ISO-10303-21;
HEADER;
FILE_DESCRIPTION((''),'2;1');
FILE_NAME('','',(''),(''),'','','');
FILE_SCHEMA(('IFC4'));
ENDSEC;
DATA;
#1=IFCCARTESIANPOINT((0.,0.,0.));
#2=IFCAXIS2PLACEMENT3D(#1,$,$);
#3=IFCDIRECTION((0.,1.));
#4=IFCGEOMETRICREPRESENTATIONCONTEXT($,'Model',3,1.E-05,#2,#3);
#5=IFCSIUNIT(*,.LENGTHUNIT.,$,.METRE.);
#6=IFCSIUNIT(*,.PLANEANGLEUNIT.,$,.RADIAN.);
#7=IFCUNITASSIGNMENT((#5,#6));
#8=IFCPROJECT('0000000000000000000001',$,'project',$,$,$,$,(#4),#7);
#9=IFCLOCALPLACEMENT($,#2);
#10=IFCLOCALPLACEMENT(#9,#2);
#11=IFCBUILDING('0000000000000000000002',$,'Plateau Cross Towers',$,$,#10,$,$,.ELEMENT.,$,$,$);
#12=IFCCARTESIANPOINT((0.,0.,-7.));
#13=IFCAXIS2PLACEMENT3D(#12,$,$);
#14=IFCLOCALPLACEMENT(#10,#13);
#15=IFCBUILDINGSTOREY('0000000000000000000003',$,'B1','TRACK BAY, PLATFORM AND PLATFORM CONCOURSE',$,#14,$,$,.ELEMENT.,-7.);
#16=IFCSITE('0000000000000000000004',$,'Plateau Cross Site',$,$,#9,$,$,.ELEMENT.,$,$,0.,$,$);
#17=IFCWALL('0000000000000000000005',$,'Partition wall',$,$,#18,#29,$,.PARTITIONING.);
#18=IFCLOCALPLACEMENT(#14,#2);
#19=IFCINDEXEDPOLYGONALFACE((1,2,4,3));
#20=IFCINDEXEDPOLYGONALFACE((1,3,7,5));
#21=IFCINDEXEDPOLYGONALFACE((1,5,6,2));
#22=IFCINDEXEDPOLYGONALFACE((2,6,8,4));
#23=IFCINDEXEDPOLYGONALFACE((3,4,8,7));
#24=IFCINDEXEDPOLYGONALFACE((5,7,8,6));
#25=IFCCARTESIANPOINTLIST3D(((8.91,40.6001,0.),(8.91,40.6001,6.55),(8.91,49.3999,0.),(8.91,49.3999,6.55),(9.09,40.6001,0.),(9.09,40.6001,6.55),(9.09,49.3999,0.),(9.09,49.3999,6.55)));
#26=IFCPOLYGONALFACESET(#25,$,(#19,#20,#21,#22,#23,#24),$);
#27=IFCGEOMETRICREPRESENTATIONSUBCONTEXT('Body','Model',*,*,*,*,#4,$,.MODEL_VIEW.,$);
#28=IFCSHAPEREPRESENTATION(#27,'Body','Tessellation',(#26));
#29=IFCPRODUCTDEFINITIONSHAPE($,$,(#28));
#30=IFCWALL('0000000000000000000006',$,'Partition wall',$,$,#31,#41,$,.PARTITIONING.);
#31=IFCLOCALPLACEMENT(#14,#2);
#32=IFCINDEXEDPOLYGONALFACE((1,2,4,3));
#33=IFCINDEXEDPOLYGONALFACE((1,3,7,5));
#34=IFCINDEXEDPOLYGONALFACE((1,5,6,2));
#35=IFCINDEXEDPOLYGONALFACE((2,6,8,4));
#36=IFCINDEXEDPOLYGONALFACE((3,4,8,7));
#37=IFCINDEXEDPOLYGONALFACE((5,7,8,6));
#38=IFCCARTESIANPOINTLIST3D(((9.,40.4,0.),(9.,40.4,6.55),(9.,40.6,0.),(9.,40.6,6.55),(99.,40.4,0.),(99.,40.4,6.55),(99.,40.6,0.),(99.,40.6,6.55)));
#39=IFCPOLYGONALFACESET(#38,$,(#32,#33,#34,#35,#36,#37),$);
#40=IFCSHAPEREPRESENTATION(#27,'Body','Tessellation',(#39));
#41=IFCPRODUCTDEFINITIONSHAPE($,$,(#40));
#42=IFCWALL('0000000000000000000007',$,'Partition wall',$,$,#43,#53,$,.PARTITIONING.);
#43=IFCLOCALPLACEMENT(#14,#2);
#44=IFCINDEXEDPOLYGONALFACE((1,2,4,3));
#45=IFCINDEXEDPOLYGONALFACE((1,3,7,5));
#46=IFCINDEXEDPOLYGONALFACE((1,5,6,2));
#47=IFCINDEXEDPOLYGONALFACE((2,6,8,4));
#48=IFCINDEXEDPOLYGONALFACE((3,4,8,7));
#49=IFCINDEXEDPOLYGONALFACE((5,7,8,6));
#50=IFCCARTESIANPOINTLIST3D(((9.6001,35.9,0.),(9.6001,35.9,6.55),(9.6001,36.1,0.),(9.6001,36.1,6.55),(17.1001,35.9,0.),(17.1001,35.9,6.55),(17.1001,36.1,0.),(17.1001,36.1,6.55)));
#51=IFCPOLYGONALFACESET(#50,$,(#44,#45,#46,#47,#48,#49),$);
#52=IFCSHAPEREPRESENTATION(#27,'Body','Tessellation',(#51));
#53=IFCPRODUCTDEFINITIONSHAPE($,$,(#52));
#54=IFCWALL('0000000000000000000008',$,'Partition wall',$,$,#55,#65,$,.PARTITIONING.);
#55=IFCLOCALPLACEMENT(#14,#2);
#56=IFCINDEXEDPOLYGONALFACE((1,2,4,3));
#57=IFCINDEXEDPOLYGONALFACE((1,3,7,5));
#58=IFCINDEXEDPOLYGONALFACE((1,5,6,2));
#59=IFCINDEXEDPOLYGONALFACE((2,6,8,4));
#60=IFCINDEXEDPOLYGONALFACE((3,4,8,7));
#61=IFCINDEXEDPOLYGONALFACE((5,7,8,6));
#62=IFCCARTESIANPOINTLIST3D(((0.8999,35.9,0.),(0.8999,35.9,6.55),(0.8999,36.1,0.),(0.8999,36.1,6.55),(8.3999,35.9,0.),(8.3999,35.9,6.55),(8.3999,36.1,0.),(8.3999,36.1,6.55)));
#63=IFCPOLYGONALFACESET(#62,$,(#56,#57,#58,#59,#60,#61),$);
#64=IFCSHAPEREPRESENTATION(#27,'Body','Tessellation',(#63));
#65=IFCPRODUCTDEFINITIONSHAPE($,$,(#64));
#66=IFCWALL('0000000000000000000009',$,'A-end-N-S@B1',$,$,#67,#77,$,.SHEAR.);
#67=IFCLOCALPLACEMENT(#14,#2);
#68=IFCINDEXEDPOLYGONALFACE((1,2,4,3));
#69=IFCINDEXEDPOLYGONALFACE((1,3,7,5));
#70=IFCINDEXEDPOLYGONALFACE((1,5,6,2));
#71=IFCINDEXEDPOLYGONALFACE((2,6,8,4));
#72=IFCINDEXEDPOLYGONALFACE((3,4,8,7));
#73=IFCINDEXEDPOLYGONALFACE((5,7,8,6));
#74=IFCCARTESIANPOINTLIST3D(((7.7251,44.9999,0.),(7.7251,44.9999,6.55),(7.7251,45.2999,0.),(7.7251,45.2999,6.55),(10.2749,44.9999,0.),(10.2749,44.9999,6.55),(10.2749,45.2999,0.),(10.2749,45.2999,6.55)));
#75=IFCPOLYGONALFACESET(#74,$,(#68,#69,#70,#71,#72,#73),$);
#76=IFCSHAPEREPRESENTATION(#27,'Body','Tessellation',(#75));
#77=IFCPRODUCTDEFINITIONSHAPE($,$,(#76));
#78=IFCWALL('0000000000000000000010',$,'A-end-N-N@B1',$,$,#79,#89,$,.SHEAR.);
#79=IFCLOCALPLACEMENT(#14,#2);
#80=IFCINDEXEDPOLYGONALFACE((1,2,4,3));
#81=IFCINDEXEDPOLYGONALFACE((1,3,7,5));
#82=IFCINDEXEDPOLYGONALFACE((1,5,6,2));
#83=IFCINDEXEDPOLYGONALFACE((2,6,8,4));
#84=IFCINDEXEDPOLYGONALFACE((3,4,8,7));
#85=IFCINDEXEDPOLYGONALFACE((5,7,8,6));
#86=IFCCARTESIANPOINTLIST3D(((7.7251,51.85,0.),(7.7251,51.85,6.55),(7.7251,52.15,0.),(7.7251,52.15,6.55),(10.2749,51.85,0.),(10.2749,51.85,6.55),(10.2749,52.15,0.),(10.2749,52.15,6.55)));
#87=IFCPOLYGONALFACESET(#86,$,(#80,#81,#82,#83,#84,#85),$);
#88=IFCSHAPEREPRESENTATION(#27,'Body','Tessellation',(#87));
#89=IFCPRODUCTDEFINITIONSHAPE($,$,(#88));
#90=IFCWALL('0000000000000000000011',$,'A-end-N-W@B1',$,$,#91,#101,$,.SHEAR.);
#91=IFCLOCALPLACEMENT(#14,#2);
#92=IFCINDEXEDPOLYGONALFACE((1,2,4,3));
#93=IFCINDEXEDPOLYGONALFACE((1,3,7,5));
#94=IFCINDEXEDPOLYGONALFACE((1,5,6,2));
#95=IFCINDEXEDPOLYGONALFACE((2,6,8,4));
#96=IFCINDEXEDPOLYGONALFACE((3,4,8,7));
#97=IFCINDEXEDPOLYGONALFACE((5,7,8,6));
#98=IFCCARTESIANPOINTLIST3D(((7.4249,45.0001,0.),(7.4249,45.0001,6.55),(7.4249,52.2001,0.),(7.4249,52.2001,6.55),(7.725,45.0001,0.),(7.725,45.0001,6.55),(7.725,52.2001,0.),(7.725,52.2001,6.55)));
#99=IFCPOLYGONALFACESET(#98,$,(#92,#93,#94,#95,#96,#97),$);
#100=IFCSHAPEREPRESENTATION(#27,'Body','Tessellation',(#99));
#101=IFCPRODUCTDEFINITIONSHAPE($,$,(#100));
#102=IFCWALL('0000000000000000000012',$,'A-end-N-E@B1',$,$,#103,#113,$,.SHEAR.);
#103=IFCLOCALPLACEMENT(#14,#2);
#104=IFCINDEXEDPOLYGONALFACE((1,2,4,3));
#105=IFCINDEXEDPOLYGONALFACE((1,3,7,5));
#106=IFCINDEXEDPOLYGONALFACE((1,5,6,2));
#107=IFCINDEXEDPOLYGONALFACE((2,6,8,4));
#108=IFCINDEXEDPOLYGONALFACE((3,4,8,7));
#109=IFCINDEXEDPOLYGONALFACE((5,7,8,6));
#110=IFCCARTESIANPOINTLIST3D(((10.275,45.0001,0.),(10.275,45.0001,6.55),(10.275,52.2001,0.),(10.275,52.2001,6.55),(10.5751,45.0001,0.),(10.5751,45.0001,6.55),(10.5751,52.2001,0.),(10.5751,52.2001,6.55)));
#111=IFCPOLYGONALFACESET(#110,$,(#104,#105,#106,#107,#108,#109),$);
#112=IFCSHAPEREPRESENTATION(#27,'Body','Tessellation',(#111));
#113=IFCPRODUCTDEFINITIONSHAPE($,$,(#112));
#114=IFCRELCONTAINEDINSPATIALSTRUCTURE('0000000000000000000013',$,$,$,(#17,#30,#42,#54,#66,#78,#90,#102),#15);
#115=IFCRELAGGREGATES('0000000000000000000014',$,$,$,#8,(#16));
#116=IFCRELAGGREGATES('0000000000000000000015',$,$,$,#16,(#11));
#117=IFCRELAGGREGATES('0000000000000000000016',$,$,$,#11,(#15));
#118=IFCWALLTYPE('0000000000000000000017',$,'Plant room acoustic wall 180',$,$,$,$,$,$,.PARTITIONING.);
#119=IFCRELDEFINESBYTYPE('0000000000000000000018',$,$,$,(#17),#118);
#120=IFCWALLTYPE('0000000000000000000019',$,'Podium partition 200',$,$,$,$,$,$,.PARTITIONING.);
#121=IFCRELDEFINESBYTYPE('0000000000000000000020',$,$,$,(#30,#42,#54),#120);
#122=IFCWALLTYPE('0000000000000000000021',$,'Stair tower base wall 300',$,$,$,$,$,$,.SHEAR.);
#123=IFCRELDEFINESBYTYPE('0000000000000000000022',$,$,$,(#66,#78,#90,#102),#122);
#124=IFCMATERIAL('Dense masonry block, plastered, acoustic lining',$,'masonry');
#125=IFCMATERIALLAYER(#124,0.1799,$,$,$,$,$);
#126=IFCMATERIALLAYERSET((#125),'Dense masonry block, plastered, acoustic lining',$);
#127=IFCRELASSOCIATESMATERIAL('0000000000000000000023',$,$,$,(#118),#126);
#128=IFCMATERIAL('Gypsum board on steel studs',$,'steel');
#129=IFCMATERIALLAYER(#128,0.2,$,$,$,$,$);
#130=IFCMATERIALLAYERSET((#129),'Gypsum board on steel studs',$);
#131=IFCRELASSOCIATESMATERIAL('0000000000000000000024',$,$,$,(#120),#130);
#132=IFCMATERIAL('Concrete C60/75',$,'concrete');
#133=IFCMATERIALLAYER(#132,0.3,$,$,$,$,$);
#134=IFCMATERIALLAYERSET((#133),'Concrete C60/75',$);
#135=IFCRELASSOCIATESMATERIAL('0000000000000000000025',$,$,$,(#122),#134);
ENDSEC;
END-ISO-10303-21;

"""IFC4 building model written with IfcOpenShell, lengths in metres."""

from ifc_helpers import new_model, si_unit, direction, frame, frame_2d, origin, place, context, subcontext, project, spatial, rectangle, extrude, material, layer, layer_set, type_object, element, save


model = new_model("IFC4")

# Units and contexts
model_context = context("Model", 3, precision=1e-05, world=origin(), true_north=direction((0.0, 1.0)))
body_context = subcontext(model_context, "Body", "Model", "MODEL_VIEW")
ifc_project = project(units=[si_unit("LENGTHUNIT", "METRE"), si_unit("PLANEANGLEUNIT", "RADIAN")], contexts=[model_context])

# Site, building, storey
site_placement = place(None, origin())
site = spatial("IfcSite", under=ifc_project, at=site_placement, Name="Plateau Cross Site", CompositionType="ELEMENT", RefElevation=0.0)
building_placement = place(site_placement, origin())
building = spatial("IfcBuilding", under=site, at=building_placement, Name="Plateau Cross Towers", CompositionType="ELEMENT")
storey_placement = place(building_placement, frame((0.0, 0.0, -7.0)))
storey = spatial("IfcBuildingStorey", under=building, at=storey_placement, Name="B1", Description="TRACK BAY, PLATFORM AND PLATFORM CONCOURSE", CompositionType="ELEMENT", Elevation=-7.0)

# Shared definitions
ifc_material_1 = material(Name="Concrete C60/75", Category="concrete")

# Shared definitions
ifc_material_2 = material(Name="Dense masonry block, plastered, acoustic lining", Category="masonry")
ifc_layer_1 = layer(ifc_material_2, 0.1799)
ifc_layer_set_1 = layer_set([ifc_layer_1], Name="Dense masonry block, plastered, acoustic lining")
wall_type_1 = type_object("IfcWallType", Name="Plant room acoustic wall 180", PredefinedType="PARTITIONING", material=ifc_layer_set_1)

# Walls
wall_1_placement = place(storey_placement, frame((9.0, 40.6001, 0.0), z_axis=(0.0, 0.0, 1.0), x_axis=(0.0, 1.0, 0.0)))
element("IfcWall", 1, at=wall_1_placement, inside=storey, type_object=wall_type_1, Name="Partition wall", PredefinedType="PARTITIONING", context=body_context, shape_type="SweptSolid", body=[
    extrude(rectangle(XDim=8.7998, YDim=0.1799, at=frame_2d((4.3999, 0.0))), origin(), (0.0, 0.0, 1.0), 6.55),
])
ifc_material_3 = material(Name="Gypsum board on steel studs", Category="steel")
ifc_layer_2 = layer(ifc_material_3, 0.2)
ifc_layer_set_2 = layer_set([ifc_layer_2], Name="Gypsum board on steel studs")
wall_type_2 = type_object("IfcWallType", Name="Podium partition 200", PredefinedType="PARTITIONING", material=ifc_layer_set_2)
wall_2_placement = place(storey_placement, frame((9.0, 40.5, 0.0), z_axis=(0.0, 0.0, 1.0), x_axis=(1.0, 0.0, 0.0)))
element("IfcWall", 2, at=wall_2_placement, inside=storey, type_object=wall_type_2, Name="Partition wall", PredefinedType="PARTITIONING", context=body_context, shape_type="SweptSolid", body=[
    extrude(rectangle(XDim=90.0, YDim=0.2, at=frame_2d((45.0, 0.0))), origin(), (0.0, 0.0, 1.0), 6.55),
])
for number, where, z_axis, x_axis, name in (
    (3, (17.1001, 36.0, 0.0), (0.0, 0.0, 1.0), (-1.0, 0.0, 0.0), "Partition wall"),
    (4, (8.3999, 36.0, 0.0), (0.0, 0.0, 1.0), (-1.0, 0.0, 0.0), "Partition wall"),
):
    element("IfcWall", number, at=place(storey_placement, frame(where, z_axis=z_axis, x_axis=x_axis)), inside=storey, type_object=wall_type_2, Name=name, PredefinedType="PARTITIONING", context=body_context, shape_type="SweptSolid", body=[
        extrude(rectangle(XDim=7.5, YDim=0.2, at=frame_2d((3.75, 0.0))), origin(), (0.0, 0.0, 1.0), 6.55),
    ])
ifc_layer_3 = layer(ifc_material_1, 0.3)
ifc_layer_set_3 = layer_set([ifc_layer_3], Name="Concrete C60/75")
wall_type_3 = type_object("IfcWallType", Name="Stair tower base wall 300", PredefinedType="SHEAR", material=ifc_layer_set_3)
for number, where, z_axis, x_axis, name in (
    (5, (7.7251, 45.1499, 0.0), (0.0, 0.0, 1.0), (1.0, 0.0, 0.0), "A-end-N-S@B1"),
    (6, (7.7251, 52.0, 0.0), (0.0, 0.0, 1.0), (1.0, 0.0, 0.0), "A-end-N-N@B1"),
):
    element("IfcWall", number, at=place(storey_placement, frame(where, z_axis=z_axis, x_axis=x_axis)), inside=storey, type_object=wall_type_3, Name=name, PredefinedType="SHEAR", context=body_context, shape_type="SweptSolid", body=[
        extrude(rectangle(XDim=2.5498, YDim=0.3, at=frame_2d((1.2749, 0.0))), origin(), (0.0, 0.0, 1.0), 6.55),
    ])
for number, where, z_axis, x_axis, name in (
    (7, (7.575, 45.0, 0.0), (0.0, 0.0, 1.0), (0.0, 1.0, 0.0), "A-end-N-W@B1"),
    (8, (10.425, 45.0, 0.0), (0.0, 0.0, 1.0), (0.0, 1.0, 0.0), "A-end-N-E@B1"),
):
    element("IfcWall", number, at=place(storey_placement, frame(where, z_axis=z_axis, x_axis=x_axis)), inside=storey, type_object=wall_type_3, Name=name, PredefinedType="SHEAR", context=body_context, shape_type="SweptSolid", body=[
        extrude(rectangle(XDim=7.2, YDim=0.3, at=frame_2d((3.6001, 0.0))), origin(), (0.0, 0.0, 1.0), 6.55),
    ])

save(model, "model.ifc")
